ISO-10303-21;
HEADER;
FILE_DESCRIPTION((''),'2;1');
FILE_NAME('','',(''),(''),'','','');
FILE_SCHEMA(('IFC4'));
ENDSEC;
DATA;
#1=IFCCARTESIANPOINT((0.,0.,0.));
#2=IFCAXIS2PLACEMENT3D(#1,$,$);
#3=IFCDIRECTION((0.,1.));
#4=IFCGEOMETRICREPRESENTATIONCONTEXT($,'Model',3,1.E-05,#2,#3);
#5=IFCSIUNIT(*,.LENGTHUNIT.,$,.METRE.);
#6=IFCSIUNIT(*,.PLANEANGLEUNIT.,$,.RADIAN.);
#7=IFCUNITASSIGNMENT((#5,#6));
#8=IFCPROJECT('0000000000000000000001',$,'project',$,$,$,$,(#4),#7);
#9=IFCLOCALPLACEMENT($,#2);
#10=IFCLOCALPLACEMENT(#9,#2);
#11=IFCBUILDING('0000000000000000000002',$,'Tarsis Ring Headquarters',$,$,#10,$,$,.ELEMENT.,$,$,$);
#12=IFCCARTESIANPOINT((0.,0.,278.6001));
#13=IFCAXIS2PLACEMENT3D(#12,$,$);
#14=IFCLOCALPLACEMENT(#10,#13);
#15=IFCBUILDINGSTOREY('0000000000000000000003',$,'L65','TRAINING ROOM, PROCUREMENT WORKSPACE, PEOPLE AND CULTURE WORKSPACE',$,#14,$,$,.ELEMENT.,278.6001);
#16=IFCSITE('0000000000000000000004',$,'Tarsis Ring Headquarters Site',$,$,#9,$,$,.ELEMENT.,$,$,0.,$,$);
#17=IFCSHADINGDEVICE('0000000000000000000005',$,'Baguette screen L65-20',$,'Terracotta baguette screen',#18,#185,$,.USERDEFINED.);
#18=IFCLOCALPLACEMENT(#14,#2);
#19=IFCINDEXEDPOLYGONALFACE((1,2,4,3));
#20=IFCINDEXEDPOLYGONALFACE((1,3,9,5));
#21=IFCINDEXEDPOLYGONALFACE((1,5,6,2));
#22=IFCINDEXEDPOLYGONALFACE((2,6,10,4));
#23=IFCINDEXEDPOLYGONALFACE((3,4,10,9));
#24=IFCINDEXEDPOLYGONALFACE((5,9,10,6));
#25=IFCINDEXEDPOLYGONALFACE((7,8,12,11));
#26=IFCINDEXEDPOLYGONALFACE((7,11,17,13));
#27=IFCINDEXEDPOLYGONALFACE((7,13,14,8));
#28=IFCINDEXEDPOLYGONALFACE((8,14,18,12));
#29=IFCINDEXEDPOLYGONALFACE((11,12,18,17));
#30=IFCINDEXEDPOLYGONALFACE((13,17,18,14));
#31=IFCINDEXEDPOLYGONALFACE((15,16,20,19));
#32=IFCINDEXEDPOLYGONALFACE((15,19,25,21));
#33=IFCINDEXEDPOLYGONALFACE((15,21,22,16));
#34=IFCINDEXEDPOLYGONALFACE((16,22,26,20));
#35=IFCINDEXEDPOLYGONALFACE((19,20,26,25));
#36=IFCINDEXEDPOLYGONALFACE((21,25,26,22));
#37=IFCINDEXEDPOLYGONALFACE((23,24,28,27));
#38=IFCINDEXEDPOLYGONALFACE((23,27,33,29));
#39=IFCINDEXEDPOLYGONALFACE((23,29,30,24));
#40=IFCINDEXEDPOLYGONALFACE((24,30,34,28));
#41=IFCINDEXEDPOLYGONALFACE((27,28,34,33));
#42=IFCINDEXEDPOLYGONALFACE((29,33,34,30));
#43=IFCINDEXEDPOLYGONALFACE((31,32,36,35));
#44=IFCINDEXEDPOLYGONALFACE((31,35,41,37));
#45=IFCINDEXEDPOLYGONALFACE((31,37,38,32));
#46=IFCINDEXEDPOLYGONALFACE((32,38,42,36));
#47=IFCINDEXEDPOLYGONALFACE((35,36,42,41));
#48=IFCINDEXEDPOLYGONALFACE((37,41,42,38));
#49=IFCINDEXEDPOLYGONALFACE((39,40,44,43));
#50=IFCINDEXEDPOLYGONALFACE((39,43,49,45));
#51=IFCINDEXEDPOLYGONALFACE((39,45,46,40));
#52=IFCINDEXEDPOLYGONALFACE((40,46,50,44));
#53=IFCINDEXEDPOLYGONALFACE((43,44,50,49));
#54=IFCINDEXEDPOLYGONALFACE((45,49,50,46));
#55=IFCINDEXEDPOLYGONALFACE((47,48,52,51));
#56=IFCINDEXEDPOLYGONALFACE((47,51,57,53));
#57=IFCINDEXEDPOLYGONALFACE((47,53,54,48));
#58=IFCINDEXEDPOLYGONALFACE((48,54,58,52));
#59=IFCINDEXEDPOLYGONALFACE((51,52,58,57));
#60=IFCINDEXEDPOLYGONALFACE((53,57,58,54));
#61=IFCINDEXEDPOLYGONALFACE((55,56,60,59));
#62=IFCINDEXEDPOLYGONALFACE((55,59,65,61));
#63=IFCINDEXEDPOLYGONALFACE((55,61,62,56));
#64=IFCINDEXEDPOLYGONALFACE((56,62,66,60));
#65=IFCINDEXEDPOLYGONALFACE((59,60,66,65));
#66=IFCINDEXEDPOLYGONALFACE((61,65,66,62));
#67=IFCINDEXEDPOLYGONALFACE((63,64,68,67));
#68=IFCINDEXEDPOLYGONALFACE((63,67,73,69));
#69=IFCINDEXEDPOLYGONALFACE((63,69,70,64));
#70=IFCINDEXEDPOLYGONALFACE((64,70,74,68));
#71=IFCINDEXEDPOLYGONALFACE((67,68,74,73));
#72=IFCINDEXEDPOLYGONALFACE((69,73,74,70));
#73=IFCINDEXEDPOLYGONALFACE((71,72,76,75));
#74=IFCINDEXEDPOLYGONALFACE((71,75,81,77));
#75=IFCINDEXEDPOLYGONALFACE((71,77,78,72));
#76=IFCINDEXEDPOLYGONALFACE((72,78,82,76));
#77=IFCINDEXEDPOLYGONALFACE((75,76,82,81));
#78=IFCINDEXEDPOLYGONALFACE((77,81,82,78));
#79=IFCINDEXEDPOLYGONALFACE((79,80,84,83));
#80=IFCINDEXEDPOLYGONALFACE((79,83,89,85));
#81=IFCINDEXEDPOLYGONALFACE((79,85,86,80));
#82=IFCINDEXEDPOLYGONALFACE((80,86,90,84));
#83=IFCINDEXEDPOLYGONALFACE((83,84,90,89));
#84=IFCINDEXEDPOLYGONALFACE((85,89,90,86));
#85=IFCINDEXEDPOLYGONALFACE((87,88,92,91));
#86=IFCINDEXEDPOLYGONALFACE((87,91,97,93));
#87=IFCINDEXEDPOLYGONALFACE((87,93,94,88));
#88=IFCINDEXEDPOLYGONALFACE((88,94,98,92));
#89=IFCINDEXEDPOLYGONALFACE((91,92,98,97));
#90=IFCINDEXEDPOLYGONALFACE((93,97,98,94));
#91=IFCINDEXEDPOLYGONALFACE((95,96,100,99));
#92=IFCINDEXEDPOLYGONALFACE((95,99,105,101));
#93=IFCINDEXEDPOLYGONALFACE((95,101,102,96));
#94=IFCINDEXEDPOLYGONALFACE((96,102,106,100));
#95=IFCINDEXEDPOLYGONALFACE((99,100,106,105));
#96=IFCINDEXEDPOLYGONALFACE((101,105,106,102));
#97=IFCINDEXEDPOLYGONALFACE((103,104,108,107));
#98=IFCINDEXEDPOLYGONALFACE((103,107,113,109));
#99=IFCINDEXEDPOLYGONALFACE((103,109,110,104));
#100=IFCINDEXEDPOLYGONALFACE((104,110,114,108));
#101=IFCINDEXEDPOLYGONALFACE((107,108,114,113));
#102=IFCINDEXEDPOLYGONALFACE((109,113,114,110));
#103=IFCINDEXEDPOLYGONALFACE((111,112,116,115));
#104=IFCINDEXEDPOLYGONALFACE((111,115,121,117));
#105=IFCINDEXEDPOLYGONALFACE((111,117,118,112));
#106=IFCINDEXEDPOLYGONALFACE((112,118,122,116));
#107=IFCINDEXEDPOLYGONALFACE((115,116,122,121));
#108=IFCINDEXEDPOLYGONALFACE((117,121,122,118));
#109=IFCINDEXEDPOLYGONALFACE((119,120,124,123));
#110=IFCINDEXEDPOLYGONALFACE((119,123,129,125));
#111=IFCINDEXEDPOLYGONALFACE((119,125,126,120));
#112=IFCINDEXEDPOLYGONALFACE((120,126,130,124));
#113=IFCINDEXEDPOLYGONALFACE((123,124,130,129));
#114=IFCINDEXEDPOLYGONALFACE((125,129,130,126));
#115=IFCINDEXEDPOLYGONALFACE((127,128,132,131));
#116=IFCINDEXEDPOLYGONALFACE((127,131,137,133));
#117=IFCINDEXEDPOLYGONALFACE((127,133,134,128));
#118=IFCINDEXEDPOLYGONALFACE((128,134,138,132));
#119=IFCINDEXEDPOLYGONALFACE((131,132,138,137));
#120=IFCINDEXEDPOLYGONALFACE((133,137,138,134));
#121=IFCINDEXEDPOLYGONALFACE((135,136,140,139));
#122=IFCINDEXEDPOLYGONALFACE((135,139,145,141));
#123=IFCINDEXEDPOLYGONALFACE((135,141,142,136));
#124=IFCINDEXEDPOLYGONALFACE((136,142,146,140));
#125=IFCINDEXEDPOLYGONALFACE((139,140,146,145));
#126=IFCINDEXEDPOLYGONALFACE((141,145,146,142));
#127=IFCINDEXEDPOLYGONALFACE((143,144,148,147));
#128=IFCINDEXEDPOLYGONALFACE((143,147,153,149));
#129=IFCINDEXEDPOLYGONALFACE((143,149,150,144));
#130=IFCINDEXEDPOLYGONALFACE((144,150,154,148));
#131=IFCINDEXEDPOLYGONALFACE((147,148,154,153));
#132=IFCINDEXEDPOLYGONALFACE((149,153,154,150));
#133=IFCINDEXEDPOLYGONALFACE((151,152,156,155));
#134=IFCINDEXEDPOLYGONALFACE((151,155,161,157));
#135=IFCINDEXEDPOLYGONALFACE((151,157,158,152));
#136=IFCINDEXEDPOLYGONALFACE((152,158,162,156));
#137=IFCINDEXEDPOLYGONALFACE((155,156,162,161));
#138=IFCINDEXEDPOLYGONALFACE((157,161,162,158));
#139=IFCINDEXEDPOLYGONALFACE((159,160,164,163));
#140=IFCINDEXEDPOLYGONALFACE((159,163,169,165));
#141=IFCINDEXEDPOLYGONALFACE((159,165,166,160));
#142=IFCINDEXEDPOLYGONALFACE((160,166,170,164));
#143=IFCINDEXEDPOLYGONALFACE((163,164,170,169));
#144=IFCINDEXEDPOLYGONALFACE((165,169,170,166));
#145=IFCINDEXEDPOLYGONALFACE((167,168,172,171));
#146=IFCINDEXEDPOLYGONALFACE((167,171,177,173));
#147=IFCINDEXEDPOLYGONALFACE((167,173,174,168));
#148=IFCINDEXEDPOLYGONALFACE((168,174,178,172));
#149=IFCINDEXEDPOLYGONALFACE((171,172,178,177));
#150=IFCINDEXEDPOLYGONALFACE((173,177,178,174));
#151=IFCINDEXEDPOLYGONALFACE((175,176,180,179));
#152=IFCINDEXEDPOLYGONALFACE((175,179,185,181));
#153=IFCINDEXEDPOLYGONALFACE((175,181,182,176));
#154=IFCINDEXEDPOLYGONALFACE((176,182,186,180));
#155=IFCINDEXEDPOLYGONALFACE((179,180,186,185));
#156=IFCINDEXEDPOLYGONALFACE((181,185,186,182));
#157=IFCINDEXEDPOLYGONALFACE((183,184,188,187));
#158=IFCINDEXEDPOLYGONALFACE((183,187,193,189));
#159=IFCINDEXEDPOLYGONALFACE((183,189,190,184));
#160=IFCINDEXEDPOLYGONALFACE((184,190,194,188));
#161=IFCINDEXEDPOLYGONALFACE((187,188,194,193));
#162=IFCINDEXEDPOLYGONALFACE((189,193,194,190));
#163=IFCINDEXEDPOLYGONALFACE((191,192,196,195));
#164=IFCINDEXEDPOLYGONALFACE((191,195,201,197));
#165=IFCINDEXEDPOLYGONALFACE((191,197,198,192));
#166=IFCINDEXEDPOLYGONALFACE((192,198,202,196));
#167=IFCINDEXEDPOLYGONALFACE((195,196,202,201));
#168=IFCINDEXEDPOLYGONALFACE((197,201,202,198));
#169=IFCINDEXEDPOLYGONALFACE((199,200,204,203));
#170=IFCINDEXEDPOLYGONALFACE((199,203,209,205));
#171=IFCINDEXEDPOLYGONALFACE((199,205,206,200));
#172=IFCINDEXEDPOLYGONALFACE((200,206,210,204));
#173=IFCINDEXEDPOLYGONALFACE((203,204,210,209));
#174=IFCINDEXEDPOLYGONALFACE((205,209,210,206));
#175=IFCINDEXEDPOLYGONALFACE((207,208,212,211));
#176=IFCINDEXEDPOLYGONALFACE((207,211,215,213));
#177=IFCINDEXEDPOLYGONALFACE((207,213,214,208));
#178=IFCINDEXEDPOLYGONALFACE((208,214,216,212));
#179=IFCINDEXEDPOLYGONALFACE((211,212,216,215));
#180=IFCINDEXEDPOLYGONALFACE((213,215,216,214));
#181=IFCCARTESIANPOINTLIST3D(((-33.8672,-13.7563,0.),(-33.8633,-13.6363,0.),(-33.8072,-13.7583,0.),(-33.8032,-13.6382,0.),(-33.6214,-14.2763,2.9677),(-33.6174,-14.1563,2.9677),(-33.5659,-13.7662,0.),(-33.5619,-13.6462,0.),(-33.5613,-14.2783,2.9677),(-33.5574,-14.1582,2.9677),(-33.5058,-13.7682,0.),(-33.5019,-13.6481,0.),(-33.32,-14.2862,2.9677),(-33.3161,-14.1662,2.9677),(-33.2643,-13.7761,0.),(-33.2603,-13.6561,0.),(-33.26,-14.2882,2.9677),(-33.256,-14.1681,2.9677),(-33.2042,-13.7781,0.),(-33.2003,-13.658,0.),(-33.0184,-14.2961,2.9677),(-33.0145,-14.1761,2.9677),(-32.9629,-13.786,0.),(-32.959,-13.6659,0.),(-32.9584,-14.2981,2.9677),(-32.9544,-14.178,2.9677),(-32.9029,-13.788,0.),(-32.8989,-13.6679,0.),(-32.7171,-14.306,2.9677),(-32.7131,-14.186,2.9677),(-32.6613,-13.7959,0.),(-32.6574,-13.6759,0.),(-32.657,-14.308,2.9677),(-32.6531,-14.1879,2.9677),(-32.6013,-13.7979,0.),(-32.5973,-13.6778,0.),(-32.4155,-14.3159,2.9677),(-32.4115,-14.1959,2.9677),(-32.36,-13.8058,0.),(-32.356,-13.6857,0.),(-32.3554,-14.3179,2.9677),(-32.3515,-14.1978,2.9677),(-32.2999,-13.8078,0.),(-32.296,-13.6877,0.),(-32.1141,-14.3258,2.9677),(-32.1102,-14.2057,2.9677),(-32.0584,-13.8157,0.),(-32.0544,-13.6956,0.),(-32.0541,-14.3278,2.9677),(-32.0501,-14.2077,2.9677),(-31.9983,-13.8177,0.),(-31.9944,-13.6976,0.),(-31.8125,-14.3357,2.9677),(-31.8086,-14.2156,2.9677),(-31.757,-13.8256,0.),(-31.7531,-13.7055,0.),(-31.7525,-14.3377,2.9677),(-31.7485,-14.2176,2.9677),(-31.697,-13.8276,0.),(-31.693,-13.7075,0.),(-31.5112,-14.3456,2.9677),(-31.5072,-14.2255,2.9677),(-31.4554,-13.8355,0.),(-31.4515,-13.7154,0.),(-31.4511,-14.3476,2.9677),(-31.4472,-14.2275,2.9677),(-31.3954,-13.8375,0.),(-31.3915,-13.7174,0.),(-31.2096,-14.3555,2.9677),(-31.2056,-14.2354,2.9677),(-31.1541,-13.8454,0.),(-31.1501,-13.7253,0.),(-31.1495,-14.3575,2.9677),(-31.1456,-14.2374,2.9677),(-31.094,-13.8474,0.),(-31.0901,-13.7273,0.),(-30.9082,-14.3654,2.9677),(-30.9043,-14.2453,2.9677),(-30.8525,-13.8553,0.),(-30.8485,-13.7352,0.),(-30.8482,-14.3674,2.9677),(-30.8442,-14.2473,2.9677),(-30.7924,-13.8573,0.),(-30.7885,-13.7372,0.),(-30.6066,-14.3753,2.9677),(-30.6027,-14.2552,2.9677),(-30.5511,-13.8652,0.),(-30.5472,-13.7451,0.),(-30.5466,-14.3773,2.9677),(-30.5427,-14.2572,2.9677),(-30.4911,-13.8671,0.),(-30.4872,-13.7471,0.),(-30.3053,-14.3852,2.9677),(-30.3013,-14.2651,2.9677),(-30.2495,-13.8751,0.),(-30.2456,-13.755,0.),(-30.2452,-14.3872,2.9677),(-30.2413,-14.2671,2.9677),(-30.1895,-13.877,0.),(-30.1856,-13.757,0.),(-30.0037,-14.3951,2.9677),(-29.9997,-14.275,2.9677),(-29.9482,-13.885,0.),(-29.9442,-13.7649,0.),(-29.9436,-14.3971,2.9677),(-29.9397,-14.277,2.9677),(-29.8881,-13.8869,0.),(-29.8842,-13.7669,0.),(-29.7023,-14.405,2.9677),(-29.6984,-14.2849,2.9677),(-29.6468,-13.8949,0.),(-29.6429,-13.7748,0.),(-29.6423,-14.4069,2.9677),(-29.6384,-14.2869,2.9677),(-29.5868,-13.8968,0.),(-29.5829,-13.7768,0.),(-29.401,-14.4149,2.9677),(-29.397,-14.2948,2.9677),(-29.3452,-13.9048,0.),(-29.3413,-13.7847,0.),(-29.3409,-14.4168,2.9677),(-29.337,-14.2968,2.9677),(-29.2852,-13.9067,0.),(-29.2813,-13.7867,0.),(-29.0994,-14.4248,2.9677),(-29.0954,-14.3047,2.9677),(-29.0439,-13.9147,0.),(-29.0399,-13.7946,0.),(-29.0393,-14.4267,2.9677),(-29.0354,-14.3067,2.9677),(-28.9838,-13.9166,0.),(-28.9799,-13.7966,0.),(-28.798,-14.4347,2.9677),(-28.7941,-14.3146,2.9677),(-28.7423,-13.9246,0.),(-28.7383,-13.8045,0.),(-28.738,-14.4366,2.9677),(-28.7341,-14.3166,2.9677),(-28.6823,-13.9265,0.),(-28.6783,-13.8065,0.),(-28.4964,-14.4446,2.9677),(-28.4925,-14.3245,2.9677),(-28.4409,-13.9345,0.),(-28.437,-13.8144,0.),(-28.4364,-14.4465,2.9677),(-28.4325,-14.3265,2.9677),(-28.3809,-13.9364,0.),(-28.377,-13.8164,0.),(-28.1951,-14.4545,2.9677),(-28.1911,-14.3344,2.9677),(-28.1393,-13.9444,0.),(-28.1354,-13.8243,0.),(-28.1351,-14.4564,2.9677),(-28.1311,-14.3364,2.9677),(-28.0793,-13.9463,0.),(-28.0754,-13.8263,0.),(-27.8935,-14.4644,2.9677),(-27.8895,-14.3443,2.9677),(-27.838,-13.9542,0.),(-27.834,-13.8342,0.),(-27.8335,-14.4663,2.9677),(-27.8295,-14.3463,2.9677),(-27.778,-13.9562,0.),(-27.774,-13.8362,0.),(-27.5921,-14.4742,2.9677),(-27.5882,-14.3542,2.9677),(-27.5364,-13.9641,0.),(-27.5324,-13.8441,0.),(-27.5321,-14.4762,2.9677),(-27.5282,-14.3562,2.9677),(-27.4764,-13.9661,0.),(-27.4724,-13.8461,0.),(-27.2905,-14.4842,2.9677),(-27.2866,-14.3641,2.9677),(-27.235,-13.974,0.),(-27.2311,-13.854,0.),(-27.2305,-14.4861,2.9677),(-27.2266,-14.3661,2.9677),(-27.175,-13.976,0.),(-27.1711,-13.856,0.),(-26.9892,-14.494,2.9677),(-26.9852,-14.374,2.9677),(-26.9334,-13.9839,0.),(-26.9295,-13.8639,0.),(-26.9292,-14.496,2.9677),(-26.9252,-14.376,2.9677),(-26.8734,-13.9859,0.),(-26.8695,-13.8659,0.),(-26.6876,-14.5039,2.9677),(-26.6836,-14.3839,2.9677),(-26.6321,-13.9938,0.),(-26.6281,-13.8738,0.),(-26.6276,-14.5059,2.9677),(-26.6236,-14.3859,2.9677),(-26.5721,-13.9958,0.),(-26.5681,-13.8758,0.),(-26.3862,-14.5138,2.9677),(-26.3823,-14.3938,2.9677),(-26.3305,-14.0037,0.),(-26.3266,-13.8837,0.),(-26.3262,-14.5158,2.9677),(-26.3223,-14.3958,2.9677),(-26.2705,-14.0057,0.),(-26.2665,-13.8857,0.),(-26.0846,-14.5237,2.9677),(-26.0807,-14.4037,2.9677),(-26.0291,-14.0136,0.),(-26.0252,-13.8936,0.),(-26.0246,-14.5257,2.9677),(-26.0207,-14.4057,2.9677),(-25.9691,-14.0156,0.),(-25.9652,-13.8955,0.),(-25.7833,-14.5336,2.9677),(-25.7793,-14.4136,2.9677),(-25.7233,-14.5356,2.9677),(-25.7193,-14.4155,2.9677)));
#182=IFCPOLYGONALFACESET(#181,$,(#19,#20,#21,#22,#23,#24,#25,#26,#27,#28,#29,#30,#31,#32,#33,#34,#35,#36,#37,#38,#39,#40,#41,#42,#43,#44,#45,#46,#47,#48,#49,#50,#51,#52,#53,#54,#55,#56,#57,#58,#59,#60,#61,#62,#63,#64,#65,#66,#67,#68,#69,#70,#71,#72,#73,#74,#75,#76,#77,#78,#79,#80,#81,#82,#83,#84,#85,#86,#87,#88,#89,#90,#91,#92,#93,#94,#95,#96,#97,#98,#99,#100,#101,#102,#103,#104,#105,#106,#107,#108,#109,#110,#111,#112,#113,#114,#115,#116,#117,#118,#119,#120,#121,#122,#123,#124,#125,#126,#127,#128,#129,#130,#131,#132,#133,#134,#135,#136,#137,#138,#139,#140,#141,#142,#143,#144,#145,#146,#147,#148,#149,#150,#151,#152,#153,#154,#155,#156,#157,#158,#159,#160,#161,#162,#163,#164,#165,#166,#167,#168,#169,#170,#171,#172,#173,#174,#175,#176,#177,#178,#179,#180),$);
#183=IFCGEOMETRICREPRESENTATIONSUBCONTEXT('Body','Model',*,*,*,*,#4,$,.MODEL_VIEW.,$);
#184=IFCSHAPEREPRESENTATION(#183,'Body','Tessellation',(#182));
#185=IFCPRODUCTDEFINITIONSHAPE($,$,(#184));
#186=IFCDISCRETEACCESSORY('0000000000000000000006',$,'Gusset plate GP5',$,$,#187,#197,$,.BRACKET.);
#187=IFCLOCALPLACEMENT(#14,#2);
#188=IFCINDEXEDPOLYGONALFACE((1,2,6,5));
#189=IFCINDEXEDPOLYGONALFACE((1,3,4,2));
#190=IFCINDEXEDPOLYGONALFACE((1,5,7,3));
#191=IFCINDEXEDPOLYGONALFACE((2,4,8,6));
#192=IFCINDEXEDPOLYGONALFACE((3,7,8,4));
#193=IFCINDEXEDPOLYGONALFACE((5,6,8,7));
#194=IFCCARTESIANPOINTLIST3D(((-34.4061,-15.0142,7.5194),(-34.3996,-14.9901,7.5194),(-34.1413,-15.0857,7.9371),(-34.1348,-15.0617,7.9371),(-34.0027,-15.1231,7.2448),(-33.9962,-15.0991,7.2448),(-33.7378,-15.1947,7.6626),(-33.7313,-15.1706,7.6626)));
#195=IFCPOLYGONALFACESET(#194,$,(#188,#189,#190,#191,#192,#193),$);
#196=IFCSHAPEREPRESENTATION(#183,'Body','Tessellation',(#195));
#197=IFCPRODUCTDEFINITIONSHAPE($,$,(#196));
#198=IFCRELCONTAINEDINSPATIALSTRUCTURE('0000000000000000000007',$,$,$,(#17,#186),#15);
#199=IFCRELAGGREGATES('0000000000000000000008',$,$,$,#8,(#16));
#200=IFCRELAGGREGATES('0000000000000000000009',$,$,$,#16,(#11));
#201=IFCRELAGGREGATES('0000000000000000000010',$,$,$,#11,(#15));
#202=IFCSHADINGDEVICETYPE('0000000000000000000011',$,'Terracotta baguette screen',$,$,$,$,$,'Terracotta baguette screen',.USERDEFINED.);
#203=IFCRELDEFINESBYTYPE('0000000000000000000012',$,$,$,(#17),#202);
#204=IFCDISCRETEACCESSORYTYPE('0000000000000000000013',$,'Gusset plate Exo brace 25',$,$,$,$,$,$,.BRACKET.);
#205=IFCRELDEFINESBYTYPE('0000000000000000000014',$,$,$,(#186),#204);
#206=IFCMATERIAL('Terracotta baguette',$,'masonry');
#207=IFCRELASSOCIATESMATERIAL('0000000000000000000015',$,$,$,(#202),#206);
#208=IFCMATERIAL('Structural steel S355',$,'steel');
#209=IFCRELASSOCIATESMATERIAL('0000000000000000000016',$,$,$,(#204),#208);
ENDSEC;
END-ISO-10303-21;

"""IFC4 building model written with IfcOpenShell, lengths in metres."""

from ifc_helpers import new_model, si_unit, direction, frame, frame_2d, origin, origin_2d, place, context, subcontext, project, spatial, rectangle, composite_profile, extrude, material, material_profile, profile_set, type_object, element, save


model = new_model("IFC4")

# Units and contexts
model_context = context("Model", 3, precision=1e-05, world=origin(), true_north=direction((0.0, 1.0)))
body_context = subcontext(model_context, "Body", "Model", "MODEL_VIEW")
ifc_project = project(units=[si_unit("LENGTHUNIT", "METRE"), si_unit("PLANEANGLEUNIT", "RADIAN")], contexts=[model_context])

# Site, building, storey
site_placement = place(None, origin())
site = spatial("IfcSite", under=ifc_project, at=site_placement, Name="Tarsis Ring Headquarters Site", CompositionType="ELEMENT", RefElevation=0.0)
building_placement = place(site_placement, origin())
building = spatial("IfcBuilding", under=site, at=building_placement, Name="Tarsis Ring Headquarters", CompositionType="ELEMENT")
storey_placement = place(building_placement, frame((0.0, 0.0, 278.6001)))
storey = spatial("IfcBuildingStorey", under=building, at=storey_placement, Name="L65", Description="TRAINING ROOM, PROCUREMENT WORKSPACE, PEOPLE AND CULTURE WORKSPACE", CompositionType="ELEMENT", Elevation=278.6001)

# Shared definitions
ifc_material_1 = material(Name="Structural steel S355", Category="steel")

# Shading device
ifc_material_2 = material(Name="Terracotta baguette", Category="masonry")
shading_device_type = type_object("IfcShadingDeviceType", Name="Terracotta baguette screen", ElementType="Terracotta baguette screen", PredefinedType="USERDEFINED", material=ifc_material_2)
shading_device_1_placement = place(storey_placement, frame((-33.8652, -13.6963, 0.0), z_axis=(0.0, 0.0, 1.0), x_axis=(0.999475, -0.032811, 0.0)))
element("IfcShadingDevice", 1, at=shading_device_1_placement, inside=storey, type_object=shading_device_type, Name="Baguette screen L65-20", ObjectType="Terracotta baguette screen", PredefinedType="USERDEFINED", context=body_context, shape_type="SweptSolid", body=[
    extrude(composite_profile([rectangle(XDim=0.0601, YDim=0.1201, at=frame_2d((0.03, 0.0))), rectangle(XDim=0.0601, YDim=0.1201, at=frame_2d((0.3315, 0.0))), rectangle(XDim=0.0601, YDim=0.1201, at=frame_2d((0.6333, 0.0))), rectangle(XDim=0.0601, YDim=0.1201, at=frame_2d((0.9348, 0.0))), rectangle(XDim=0.0601, YDim=0.1201, at=frame_2d((1.2366, 0.0))), rectangle(XDim=0.0601, YDim=0.1201, at=frame_2d((1.5381, 0.0))), rectangle(XDim=0.0601, YDim=0.1201, at=frame_2d((1.8398, 0.0))), rectangle(XDim=0.0601, YDim=0.1201, at=frame_2d((2.1414, 0.0))), rectangle(XDim=0.0601, YDim=0.1201, at=frame_2d((2.4431, 0.0))), rectangle(XDim=0.0601, YDim=0.1201, at=frame_2d((2.7446, 0.0))), rectangle(XDim=0.0601, YDim=0.1201, at=frame_2d((3.0464, 0.0))), rectangle(XDim=0.0601, YDim=0.1201, at=frame_2d((3.3479, 0.0))), rectangle(XDim=0.0601, YDim=0.1201, at=frame_2d((3.6497, 0.0))), rectangle(XDim=0.0601, YDim=0.1201, at=frame_2d((3.9512, 0.0))), rectangle(XDim=0.0601, YDim=0.1201, at=frame_2d((4.2527, 0.0))), rectangle(XDim=0.0601, YDim=0.1201, at=frame_2d((4.5544, 0.0))), rectangle(XDim=0.0601, YDim=0.1201, at=frame_2d((4.856, 0.0))), rectangle(XDim=0.0601, YDim=0.1201, at=frame_2d((5.1577, 0.0))), rectangle(XDim=0.0601, YDim=0.1201, at=frame_2d((5.4592, 0.0))), rectangle(XDim=0.0601, YDim=0.1201, at=frame_2d((5.761, 0.0))), rectangle(XDim=0.0601, YDim=0.1201, at=frame_2d((6.0625, 0.0))), rectangle(XDim=0.0601, YDim=0.1201, at=frame_2d((6.3643, 0.0))), rectangle(XDim=0.0601, YDim=0.1201, at=frame_2d((6.6658, 0.0))), rectangle(XDim=0.0601, YDim=0.1201, at=frame_2d((6.9675, 0.0))), rectangle(XDim=0.0601, YDim=0.1201, at=frame_2d((7.269, 0.0))), rectangle(XDim=0.0601, YDim=0.1201, at=frame_2d((7.5708, 0.0))), rectangle(XDim=0.0601, YDim=0.1201, at=frame_2d((7.8723, 0.0)))]), origin(), (0.086929, -0.169258, 0.981731), 3.0229),
])

# Discrete accessory
ifc_material_profile_1 = material_profile(ifc_material_1, rectangle(XDim=0.0249, YDim=0.5, at=origin_2d()), Name="PL 25x500")
ifc_profile_set_1 = profile_set([ifc_material_profile_1], Name="Structural steel S355")
discrete_accessory_type = type_object("IfcDiscreteAccessoryType", Name="Gusset plate Exo brace 25", PredefinedType="BRACKET", material=ifc_profile_set_1)
discrete_accessory_placement = place(storey_placement, frame((-33.9363, -15.1282, 7.7998), z_axis=(-0.53002, 0.14313, -0.835819), x_axis=(-0.260707, -0.965418, 0.0)))
element("IfcDiscreteAccessory", 2, at=discrete_accessory_placement, inside=storey, type_object=discrete_accessory_type, Name="Gusset plate GP5", PredefinedType="BRACKET", context=body_context, shape_type="SweptSolid", body=[
    extrude(rectangle(XDim=0.0249, YDim=0.5, at=origin_2d()), origin(), (0.0, 0.0, 1.0), 0.4998),
])

save(model, "model.ifc")
